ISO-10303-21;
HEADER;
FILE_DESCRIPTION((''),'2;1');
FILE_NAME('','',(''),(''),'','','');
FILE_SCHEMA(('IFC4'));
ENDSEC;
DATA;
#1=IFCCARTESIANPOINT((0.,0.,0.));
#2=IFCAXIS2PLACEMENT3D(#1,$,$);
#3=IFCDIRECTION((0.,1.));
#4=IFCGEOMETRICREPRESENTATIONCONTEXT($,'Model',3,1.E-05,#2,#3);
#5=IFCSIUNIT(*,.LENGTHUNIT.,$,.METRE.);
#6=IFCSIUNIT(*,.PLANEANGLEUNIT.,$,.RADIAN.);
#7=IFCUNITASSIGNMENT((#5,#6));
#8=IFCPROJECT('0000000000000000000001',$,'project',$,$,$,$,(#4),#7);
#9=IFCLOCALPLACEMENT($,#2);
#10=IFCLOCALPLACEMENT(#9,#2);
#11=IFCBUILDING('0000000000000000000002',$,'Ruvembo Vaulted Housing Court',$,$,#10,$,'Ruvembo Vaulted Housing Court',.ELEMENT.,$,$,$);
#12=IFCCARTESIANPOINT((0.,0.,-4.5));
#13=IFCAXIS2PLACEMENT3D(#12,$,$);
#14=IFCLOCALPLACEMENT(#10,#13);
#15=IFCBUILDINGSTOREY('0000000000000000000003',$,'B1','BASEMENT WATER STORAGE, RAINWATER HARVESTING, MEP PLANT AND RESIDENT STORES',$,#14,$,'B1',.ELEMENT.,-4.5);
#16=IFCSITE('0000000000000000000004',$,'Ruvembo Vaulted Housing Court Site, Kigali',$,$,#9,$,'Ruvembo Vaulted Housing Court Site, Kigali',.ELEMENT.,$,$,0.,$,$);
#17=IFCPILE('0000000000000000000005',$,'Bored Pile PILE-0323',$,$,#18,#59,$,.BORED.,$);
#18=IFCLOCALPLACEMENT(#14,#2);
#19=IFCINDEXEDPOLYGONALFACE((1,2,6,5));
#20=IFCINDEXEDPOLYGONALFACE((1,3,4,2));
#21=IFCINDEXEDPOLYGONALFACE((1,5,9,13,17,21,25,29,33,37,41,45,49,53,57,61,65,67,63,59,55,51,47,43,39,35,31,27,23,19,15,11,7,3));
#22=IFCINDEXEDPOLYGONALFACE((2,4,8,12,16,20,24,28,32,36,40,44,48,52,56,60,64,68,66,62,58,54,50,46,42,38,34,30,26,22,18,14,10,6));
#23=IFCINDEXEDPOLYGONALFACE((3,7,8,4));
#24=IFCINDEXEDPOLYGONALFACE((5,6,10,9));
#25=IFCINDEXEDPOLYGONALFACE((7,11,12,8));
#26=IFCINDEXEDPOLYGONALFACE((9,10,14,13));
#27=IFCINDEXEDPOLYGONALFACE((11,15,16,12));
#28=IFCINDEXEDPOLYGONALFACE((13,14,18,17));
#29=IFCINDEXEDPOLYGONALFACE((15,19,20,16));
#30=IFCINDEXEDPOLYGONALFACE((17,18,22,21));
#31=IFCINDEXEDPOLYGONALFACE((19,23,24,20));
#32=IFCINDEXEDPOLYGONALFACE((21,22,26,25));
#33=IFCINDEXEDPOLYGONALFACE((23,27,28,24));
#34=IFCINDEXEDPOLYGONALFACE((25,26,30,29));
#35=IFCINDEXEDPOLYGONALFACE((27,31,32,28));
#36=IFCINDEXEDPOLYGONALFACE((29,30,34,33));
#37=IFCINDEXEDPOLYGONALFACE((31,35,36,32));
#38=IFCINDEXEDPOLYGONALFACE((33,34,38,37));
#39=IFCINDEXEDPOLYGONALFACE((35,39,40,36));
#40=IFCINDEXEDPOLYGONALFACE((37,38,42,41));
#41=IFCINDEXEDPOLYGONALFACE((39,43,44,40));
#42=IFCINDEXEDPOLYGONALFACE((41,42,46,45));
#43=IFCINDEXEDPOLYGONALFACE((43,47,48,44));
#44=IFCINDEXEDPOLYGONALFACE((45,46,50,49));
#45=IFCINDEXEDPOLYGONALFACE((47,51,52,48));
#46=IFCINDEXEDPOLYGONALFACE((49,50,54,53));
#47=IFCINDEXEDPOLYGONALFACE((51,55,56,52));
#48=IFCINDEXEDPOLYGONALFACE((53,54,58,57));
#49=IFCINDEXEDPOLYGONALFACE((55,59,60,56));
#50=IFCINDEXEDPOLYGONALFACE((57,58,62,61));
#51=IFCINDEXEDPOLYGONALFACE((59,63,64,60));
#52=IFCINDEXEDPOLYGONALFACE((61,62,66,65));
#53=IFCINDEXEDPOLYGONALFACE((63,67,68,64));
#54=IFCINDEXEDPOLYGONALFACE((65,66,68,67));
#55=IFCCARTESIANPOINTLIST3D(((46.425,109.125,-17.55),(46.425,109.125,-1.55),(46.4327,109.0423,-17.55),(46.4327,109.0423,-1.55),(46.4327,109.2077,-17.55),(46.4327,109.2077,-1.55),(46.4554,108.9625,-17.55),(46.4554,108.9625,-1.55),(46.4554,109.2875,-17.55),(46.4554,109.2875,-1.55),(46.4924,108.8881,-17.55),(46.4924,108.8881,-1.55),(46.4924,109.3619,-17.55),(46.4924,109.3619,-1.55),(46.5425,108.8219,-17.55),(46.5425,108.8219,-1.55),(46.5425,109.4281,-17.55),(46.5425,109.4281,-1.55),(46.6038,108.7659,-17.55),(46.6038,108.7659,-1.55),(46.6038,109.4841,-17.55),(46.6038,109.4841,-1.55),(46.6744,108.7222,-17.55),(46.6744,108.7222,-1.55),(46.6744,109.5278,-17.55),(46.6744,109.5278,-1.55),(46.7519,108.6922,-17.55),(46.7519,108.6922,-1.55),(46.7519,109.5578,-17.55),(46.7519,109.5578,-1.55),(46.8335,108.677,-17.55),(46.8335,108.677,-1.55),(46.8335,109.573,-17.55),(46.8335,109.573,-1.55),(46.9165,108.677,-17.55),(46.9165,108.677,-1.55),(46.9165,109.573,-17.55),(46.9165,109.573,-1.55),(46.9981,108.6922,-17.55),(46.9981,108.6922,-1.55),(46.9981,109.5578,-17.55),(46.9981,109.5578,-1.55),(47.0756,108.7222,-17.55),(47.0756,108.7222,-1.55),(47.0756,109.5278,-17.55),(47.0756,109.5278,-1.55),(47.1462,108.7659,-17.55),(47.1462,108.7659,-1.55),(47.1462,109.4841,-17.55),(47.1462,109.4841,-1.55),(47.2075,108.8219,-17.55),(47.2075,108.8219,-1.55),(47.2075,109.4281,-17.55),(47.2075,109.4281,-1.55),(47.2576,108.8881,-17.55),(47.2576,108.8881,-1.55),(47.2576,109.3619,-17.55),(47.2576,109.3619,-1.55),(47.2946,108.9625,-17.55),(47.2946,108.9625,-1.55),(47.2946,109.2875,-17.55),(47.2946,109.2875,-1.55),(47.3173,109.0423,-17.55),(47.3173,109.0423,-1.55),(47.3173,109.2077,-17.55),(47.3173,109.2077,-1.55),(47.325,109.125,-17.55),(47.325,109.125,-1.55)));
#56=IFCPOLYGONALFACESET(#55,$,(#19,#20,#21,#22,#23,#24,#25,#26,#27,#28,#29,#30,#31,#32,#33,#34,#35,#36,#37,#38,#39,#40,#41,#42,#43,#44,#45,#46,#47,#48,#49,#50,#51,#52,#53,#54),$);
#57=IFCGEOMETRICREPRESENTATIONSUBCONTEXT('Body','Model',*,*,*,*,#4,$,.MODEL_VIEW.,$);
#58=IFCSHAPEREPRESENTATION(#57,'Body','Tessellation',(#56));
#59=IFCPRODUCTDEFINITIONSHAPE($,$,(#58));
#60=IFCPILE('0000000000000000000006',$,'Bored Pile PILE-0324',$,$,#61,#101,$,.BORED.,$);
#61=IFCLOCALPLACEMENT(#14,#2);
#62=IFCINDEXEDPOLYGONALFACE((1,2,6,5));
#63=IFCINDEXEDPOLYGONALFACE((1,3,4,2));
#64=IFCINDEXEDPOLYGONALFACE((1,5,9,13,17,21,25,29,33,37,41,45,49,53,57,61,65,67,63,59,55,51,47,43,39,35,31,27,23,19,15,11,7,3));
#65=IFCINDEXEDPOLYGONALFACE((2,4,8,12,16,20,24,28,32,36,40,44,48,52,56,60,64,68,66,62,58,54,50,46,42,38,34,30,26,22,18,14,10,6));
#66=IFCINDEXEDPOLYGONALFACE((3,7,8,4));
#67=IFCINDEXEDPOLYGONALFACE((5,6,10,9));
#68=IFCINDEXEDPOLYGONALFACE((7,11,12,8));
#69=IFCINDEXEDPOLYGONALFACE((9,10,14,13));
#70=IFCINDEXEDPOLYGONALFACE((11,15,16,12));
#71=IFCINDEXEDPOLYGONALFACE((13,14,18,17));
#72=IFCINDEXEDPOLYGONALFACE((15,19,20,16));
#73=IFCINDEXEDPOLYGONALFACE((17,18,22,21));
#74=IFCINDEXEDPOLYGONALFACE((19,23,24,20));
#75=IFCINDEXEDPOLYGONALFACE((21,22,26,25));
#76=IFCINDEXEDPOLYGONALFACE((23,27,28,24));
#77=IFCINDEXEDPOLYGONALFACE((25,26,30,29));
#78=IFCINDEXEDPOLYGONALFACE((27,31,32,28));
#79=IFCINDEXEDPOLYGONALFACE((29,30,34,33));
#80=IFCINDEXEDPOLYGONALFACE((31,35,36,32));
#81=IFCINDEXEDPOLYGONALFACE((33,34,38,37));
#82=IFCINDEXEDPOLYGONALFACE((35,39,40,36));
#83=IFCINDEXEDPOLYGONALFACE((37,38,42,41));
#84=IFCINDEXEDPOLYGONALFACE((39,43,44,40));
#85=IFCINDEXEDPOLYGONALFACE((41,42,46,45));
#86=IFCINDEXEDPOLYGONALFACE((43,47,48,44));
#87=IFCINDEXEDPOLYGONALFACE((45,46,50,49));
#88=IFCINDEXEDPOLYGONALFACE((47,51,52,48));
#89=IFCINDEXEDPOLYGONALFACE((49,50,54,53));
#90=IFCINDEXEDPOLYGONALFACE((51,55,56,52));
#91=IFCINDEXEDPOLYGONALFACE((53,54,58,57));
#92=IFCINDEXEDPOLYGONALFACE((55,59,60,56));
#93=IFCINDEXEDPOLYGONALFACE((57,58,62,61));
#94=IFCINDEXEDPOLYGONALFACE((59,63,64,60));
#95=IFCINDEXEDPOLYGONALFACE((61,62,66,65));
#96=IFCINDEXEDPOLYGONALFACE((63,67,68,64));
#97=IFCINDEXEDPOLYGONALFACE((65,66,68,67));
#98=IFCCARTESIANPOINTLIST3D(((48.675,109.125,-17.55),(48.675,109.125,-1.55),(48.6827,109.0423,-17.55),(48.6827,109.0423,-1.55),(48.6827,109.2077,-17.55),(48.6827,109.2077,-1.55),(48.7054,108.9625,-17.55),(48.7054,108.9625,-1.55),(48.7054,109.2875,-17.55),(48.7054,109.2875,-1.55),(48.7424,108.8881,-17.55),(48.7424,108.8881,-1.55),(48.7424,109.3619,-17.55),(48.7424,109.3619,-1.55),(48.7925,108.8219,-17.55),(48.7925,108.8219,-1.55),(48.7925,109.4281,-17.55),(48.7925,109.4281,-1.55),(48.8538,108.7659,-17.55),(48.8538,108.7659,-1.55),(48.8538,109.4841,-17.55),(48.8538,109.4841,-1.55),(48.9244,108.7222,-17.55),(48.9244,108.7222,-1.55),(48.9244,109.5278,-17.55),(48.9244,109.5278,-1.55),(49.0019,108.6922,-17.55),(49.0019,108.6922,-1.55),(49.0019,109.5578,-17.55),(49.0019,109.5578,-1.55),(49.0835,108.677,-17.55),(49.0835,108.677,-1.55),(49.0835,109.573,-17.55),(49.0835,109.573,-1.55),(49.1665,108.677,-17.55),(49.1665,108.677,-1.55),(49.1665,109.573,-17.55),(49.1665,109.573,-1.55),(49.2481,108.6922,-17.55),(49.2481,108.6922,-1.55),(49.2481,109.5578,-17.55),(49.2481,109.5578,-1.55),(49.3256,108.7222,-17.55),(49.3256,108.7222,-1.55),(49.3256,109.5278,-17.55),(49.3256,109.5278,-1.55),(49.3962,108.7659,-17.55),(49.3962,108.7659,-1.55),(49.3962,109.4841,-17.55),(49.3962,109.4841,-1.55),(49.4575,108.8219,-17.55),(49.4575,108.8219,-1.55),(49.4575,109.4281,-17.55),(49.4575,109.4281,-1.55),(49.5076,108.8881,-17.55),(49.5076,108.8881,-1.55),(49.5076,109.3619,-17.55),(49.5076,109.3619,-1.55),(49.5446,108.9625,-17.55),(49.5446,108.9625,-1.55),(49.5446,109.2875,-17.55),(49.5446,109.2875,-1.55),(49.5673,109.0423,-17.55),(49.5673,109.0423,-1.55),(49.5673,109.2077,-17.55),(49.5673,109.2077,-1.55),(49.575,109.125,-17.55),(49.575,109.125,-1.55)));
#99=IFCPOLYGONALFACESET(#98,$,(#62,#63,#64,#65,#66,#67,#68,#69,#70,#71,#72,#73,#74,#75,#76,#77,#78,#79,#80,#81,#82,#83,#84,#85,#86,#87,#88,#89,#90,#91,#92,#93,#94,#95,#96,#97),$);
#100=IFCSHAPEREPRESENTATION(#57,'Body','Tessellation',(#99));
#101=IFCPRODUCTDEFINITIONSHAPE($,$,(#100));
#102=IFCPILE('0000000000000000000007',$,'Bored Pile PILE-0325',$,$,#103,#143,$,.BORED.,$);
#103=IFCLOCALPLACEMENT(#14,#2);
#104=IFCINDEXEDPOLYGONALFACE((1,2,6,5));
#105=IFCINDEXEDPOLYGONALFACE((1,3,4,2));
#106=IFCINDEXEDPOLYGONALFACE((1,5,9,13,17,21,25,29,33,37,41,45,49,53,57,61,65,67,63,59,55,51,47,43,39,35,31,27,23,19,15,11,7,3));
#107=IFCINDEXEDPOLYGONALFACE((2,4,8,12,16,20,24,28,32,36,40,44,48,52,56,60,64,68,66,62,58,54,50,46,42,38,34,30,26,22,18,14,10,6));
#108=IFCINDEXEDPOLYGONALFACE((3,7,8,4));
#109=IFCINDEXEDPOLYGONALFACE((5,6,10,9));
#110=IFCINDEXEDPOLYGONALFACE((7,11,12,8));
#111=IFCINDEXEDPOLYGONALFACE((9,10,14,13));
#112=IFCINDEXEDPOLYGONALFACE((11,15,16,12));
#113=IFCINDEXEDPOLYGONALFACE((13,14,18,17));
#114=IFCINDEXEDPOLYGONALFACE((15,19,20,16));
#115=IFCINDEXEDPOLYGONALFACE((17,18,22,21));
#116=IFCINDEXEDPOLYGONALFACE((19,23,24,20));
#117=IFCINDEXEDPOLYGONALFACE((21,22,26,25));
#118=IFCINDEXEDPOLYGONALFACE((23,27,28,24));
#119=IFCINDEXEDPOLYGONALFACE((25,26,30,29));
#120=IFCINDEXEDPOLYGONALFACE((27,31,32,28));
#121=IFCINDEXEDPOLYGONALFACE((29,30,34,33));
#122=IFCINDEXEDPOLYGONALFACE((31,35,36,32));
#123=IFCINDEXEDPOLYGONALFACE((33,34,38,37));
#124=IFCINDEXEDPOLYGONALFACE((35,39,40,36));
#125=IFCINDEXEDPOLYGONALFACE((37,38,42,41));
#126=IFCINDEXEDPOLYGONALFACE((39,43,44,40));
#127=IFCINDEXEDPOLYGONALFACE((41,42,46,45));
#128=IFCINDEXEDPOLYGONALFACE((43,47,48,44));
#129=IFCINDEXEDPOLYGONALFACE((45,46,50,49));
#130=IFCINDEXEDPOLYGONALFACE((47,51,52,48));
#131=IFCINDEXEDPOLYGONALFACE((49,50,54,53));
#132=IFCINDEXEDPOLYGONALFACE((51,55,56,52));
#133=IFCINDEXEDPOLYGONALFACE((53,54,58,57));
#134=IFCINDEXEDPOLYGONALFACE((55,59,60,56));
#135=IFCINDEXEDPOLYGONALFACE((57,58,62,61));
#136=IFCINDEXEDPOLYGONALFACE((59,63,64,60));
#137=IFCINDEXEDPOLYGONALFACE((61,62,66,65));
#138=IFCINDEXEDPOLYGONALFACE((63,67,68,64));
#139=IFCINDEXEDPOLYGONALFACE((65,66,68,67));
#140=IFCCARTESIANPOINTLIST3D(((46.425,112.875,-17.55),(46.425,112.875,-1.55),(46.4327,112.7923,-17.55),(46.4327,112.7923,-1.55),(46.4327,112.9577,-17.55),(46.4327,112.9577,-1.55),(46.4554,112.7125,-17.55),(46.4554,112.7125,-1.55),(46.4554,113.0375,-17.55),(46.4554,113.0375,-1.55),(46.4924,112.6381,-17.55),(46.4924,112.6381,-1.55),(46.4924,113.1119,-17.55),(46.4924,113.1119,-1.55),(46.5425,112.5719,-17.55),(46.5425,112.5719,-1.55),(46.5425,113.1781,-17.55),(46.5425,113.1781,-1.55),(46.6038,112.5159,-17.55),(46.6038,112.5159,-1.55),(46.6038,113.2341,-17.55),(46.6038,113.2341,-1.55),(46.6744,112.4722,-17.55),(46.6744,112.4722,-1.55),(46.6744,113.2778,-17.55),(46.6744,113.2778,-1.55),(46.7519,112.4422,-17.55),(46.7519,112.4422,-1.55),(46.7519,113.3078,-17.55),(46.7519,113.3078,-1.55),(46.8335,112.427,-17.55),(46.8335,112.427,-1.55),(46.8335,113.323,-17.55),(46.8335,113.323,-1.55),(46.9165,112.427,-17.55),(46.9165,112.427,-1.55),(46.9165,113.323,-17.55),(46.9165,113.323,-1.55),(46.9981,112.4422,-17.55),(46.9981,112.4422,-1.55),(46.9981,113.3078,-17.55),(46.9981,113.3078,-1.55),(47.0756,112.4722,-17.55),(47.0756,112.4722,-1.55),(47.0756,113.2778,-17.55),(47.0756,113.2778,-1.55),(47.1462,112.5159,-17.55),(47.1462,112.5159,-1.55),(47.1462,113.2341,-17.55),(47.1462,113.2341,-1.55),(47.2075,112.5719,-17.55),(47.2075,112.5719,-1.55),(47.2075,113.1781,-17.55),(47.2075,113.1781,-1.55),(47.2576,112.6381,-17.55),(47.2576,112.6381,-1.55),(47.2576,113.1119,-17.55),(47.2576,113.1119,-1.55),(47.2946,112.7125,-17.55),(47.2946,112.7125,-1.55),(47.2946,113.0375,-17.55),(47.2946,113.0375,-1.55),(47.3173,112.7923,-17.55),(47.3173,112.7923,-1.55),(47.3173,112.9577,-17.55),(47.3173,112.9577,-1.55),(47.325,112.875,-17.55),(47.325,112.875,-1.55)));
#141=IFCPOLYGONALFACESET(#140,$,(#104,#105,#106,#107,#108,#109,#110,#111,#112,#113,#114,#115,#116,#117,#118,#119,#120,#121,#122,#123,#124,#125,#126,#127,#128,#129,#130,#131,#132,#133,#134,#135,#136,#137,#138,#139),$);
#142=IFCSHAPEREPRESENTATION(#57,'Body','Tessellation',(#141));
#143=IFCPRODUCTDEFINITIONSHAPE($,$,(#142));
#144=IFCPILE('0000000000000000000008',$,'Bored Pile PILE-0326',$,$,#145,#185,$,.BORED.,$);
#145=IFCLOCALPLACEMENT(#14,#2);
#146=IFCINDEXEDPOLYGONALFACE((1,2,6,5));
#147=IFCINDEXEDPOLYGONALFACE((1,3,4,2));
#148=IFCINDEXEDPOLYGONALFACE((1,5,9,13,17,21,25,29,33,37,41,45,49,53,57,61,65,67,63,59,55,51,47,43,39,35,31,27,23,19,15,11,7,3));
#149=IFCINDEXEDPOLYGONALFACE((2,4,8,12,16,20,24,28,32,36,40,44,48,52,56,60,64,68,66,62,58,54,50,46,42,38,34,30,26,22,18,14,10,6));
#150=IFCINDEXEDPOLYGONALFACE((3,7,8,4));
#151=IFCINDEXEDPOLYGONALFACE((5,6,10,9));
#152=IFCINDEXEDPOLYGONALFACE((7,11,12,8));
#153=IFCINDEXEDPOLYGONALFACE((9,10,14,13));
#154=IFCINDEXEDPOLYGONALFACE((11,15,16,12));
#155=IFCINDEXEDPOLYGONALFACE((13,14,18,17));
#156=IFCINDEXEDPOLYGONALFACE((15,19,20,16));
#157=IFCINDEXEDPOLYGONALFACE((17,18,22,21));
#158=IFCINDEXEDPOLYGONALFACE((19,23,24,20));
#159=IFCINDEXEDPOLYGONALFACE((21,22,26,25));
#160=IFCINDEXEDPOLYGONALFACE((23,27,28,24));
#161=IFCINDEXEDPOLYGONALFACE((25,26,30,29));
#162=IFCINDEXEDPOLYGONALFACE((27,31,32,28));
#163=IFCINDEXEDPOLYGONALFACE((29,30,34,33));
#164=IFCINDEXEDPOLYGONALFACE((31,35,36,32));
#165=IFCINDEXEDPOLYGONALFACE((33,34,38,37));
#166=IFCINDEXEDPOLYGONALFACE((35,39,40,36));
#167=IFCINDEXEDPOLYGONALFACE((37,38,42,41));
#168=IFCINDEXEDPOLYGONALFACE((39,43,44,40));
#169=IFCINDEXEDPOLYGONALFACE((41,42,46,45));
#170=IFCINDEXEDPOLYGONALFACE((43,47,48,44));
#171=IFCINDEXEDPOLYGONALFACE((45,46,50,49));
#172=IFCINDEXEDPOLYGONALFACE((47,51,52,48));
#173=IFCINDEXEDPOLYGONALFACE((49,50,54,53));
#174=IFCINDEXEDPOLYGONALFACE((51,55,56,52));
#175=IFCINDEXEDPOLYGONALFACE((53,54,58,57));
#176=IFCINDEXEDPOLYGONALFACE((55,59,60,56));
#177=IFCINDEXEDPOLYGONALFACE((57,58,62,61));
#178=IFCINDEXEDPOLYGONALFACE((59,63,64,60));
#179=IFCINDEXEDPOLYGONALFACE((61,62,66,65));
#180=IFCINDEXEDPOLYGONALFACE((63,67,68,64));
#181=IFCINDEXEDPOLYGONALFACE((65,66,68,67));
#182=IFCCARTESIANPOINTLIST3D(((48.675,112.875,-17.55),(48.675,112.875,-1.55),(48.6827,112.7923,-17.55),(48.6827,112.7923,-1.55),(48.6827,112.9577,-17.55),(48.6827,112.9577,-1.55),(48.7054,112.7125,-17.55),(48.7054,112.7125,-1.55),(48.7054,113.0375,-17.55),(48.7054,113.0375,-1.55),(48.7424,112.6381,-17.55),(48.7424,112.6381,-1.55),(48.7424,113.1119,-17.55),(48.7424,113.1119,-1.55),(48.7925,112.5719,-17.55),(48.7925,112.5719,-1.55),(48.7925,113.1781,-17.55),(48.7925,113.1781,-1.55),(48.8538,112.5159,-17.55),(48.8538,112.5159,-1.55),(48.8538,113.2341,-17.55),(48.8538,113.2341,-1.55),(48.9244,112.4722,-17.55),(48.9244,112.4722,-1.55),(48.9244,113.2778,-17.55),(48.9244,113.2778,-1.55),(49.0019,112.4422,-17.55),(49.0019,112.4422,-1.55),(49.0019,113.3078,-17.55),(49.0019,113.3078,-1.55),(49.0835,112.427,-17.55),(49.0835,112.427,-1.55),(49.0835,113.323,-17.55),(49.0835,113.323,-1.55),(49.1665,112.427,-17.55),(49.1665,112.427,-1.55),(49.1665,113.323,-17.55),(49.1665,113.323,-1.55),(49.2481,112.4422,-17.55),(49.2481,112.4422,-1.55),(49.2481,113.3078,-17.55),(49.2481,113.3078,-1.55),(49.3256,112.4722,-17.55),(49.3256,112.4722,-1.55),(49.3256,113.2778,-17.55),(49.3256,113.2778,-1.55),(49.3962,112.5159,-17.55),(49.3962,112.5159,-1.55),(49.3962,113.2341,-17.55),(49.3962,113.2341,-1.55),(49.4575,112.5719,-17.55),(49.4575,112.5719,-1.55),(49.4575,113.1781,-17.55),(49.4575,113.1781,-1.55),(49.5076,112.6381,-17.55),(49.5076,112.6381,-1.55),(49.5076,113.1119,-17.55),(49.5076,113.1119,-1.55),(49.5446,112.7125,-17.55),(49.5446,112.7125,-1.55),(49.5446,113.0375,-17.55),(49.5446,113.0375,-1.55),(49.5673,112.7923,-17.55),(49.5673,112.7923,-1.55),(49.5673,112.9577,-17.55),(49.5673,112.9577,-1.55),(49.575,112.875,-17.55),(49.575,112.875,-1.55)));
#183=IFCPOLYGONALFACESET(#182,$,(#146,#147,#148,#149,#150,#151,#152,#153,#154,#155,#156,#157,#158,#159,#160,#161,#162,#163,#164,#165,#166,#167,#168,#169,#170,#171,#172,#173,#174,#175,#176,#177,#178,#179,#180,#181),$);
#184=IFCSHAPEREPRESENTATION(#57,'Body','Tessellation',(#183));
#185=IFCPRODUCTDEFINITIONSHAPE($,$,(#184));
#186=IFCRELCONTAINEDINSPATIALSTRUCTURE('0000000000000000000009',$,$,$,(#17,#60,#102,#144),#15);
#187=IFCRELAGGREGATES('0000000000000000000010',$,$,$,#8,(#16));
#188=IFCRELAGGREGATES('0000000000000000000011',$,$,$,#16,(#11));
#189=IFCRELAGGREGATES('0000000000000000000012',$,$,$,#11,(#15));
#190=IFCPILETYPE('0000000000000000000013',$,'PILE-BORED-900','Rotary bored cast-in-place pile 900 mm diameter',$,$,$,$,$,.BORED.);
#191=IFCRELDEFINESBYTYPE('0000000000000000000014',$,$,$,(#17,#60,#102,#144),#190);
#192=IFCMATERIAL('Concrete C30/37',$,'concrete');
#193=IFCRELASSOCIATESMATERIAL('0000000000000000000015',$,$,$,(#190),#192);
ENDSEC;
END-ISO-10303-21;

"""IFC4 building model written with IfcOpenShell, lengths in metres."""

from ifc_helpers import new_model, si_unit, direction, frame, origin, origin_2d, place, context, subcontext, project, spatial, circle, extrude, material, material_profile, profile_set, type_object, element, save


model = new_model("IFC4")

# Units and contexts
model_context = context("Model", 3, precision=1e-05, world=origin(), true_north=direction((0.0, 1.0)))
body_context = subcontext(model_context, "Body", "Model", "MODEL_VIEW")
ifc_project = project(units=[si_unit("LENGTHUNIT", "METRE"), si_unit("PLANEANGLEUNIT", "RADIAN")], contexts=[model_context])

# Site, building, storey
site_placement = place(None, origin())
site = spatial("IfcSite", under=ifc_project, at=site_placement, Name="Ruvembo Vaulted Housing Court Site, Kigali", LongName="Ruvembo Vaulted Housing Court Site, Kigali", CompositionType="ELEMENT", RefElevation=0.0)
building_placement = place(site_placement, origin())
building = spatial("IfcBuilding", under=site, at=building_placement, Name="Ruvembo Vaulted Housing Court", LongName="Ruvembo Vaulted Housing Court", CompositionType="ELEMENT")
storey_placement = place(building_placement, frame((0.0, 0.0, -4.5)))
storey = spatial("IfcBuildingStorey", under=building, at=storey_placement, Name="B1", Description="BASEMENT WATER STORAGE, RAINWATER HARVESTING, MEP PLANT AND RESIDENT STORES", LongName="B1", CompositionType="ELEMENT", Elevation=-4.5)

# Piles
ifc_material_1 = material(Name="Concrete C30/37", Category="concrete")
ifc_material_profile_1 = material_profile(ifc_material_1, circle(Radius=0.45, at=origin_2d()), Name="PILE D900")
ifc_profile_set_1 = profile_set([ifc_material_profile_1], Name="Concrete C30/37")
pile_type_1 = type_object("IfcPileType", Name="PILE-BORED-900", Description="Rotary bored cast-in-place pile 900 mm diameter", PredefinedType="BORED", material=ifc_profile_set_1)
for number, where, z_axis, x_axis, name in (
    (1, (46.875, 109.125, -1.55), (0.0, 0.0, -1.0), (1.0, 0.0, 0.0), "Bored Pile PILE-0323"),
    (2, (49.125, 109.125, -1.55), (0.0, 0.0, -1.0), (1.0, 0.0, 0.0), "Bored Pile PILE-0324"),
    (3, (46.875, 112.875, -1.55), (0.0, 0.0, -1.0), (1.0, 0.0, 0.0), "Bored Pile PILE-0325"),
    (4, (49.125, 112.875, -1.55), (0.0, 0.0, -1.0), (1.0, 0.0, 0.0), "Bored Pile PILE-0326"),
):
    element("IfcPile", number, at=place(storey_placement, frame(where, z_axis=z_axis, x_axis=x_axis)), inside=storey, type_object=pile_type_1, Name=name, PredefinedType="BORED", context=body_context, shape_type="SweptSolid", body=[
        extrude(circle(Radius=0.45, at=origin_2d()), origin(), (0.0, 0.0, 1.0), 16.0),
    ])

save(model, "model.ifc")
